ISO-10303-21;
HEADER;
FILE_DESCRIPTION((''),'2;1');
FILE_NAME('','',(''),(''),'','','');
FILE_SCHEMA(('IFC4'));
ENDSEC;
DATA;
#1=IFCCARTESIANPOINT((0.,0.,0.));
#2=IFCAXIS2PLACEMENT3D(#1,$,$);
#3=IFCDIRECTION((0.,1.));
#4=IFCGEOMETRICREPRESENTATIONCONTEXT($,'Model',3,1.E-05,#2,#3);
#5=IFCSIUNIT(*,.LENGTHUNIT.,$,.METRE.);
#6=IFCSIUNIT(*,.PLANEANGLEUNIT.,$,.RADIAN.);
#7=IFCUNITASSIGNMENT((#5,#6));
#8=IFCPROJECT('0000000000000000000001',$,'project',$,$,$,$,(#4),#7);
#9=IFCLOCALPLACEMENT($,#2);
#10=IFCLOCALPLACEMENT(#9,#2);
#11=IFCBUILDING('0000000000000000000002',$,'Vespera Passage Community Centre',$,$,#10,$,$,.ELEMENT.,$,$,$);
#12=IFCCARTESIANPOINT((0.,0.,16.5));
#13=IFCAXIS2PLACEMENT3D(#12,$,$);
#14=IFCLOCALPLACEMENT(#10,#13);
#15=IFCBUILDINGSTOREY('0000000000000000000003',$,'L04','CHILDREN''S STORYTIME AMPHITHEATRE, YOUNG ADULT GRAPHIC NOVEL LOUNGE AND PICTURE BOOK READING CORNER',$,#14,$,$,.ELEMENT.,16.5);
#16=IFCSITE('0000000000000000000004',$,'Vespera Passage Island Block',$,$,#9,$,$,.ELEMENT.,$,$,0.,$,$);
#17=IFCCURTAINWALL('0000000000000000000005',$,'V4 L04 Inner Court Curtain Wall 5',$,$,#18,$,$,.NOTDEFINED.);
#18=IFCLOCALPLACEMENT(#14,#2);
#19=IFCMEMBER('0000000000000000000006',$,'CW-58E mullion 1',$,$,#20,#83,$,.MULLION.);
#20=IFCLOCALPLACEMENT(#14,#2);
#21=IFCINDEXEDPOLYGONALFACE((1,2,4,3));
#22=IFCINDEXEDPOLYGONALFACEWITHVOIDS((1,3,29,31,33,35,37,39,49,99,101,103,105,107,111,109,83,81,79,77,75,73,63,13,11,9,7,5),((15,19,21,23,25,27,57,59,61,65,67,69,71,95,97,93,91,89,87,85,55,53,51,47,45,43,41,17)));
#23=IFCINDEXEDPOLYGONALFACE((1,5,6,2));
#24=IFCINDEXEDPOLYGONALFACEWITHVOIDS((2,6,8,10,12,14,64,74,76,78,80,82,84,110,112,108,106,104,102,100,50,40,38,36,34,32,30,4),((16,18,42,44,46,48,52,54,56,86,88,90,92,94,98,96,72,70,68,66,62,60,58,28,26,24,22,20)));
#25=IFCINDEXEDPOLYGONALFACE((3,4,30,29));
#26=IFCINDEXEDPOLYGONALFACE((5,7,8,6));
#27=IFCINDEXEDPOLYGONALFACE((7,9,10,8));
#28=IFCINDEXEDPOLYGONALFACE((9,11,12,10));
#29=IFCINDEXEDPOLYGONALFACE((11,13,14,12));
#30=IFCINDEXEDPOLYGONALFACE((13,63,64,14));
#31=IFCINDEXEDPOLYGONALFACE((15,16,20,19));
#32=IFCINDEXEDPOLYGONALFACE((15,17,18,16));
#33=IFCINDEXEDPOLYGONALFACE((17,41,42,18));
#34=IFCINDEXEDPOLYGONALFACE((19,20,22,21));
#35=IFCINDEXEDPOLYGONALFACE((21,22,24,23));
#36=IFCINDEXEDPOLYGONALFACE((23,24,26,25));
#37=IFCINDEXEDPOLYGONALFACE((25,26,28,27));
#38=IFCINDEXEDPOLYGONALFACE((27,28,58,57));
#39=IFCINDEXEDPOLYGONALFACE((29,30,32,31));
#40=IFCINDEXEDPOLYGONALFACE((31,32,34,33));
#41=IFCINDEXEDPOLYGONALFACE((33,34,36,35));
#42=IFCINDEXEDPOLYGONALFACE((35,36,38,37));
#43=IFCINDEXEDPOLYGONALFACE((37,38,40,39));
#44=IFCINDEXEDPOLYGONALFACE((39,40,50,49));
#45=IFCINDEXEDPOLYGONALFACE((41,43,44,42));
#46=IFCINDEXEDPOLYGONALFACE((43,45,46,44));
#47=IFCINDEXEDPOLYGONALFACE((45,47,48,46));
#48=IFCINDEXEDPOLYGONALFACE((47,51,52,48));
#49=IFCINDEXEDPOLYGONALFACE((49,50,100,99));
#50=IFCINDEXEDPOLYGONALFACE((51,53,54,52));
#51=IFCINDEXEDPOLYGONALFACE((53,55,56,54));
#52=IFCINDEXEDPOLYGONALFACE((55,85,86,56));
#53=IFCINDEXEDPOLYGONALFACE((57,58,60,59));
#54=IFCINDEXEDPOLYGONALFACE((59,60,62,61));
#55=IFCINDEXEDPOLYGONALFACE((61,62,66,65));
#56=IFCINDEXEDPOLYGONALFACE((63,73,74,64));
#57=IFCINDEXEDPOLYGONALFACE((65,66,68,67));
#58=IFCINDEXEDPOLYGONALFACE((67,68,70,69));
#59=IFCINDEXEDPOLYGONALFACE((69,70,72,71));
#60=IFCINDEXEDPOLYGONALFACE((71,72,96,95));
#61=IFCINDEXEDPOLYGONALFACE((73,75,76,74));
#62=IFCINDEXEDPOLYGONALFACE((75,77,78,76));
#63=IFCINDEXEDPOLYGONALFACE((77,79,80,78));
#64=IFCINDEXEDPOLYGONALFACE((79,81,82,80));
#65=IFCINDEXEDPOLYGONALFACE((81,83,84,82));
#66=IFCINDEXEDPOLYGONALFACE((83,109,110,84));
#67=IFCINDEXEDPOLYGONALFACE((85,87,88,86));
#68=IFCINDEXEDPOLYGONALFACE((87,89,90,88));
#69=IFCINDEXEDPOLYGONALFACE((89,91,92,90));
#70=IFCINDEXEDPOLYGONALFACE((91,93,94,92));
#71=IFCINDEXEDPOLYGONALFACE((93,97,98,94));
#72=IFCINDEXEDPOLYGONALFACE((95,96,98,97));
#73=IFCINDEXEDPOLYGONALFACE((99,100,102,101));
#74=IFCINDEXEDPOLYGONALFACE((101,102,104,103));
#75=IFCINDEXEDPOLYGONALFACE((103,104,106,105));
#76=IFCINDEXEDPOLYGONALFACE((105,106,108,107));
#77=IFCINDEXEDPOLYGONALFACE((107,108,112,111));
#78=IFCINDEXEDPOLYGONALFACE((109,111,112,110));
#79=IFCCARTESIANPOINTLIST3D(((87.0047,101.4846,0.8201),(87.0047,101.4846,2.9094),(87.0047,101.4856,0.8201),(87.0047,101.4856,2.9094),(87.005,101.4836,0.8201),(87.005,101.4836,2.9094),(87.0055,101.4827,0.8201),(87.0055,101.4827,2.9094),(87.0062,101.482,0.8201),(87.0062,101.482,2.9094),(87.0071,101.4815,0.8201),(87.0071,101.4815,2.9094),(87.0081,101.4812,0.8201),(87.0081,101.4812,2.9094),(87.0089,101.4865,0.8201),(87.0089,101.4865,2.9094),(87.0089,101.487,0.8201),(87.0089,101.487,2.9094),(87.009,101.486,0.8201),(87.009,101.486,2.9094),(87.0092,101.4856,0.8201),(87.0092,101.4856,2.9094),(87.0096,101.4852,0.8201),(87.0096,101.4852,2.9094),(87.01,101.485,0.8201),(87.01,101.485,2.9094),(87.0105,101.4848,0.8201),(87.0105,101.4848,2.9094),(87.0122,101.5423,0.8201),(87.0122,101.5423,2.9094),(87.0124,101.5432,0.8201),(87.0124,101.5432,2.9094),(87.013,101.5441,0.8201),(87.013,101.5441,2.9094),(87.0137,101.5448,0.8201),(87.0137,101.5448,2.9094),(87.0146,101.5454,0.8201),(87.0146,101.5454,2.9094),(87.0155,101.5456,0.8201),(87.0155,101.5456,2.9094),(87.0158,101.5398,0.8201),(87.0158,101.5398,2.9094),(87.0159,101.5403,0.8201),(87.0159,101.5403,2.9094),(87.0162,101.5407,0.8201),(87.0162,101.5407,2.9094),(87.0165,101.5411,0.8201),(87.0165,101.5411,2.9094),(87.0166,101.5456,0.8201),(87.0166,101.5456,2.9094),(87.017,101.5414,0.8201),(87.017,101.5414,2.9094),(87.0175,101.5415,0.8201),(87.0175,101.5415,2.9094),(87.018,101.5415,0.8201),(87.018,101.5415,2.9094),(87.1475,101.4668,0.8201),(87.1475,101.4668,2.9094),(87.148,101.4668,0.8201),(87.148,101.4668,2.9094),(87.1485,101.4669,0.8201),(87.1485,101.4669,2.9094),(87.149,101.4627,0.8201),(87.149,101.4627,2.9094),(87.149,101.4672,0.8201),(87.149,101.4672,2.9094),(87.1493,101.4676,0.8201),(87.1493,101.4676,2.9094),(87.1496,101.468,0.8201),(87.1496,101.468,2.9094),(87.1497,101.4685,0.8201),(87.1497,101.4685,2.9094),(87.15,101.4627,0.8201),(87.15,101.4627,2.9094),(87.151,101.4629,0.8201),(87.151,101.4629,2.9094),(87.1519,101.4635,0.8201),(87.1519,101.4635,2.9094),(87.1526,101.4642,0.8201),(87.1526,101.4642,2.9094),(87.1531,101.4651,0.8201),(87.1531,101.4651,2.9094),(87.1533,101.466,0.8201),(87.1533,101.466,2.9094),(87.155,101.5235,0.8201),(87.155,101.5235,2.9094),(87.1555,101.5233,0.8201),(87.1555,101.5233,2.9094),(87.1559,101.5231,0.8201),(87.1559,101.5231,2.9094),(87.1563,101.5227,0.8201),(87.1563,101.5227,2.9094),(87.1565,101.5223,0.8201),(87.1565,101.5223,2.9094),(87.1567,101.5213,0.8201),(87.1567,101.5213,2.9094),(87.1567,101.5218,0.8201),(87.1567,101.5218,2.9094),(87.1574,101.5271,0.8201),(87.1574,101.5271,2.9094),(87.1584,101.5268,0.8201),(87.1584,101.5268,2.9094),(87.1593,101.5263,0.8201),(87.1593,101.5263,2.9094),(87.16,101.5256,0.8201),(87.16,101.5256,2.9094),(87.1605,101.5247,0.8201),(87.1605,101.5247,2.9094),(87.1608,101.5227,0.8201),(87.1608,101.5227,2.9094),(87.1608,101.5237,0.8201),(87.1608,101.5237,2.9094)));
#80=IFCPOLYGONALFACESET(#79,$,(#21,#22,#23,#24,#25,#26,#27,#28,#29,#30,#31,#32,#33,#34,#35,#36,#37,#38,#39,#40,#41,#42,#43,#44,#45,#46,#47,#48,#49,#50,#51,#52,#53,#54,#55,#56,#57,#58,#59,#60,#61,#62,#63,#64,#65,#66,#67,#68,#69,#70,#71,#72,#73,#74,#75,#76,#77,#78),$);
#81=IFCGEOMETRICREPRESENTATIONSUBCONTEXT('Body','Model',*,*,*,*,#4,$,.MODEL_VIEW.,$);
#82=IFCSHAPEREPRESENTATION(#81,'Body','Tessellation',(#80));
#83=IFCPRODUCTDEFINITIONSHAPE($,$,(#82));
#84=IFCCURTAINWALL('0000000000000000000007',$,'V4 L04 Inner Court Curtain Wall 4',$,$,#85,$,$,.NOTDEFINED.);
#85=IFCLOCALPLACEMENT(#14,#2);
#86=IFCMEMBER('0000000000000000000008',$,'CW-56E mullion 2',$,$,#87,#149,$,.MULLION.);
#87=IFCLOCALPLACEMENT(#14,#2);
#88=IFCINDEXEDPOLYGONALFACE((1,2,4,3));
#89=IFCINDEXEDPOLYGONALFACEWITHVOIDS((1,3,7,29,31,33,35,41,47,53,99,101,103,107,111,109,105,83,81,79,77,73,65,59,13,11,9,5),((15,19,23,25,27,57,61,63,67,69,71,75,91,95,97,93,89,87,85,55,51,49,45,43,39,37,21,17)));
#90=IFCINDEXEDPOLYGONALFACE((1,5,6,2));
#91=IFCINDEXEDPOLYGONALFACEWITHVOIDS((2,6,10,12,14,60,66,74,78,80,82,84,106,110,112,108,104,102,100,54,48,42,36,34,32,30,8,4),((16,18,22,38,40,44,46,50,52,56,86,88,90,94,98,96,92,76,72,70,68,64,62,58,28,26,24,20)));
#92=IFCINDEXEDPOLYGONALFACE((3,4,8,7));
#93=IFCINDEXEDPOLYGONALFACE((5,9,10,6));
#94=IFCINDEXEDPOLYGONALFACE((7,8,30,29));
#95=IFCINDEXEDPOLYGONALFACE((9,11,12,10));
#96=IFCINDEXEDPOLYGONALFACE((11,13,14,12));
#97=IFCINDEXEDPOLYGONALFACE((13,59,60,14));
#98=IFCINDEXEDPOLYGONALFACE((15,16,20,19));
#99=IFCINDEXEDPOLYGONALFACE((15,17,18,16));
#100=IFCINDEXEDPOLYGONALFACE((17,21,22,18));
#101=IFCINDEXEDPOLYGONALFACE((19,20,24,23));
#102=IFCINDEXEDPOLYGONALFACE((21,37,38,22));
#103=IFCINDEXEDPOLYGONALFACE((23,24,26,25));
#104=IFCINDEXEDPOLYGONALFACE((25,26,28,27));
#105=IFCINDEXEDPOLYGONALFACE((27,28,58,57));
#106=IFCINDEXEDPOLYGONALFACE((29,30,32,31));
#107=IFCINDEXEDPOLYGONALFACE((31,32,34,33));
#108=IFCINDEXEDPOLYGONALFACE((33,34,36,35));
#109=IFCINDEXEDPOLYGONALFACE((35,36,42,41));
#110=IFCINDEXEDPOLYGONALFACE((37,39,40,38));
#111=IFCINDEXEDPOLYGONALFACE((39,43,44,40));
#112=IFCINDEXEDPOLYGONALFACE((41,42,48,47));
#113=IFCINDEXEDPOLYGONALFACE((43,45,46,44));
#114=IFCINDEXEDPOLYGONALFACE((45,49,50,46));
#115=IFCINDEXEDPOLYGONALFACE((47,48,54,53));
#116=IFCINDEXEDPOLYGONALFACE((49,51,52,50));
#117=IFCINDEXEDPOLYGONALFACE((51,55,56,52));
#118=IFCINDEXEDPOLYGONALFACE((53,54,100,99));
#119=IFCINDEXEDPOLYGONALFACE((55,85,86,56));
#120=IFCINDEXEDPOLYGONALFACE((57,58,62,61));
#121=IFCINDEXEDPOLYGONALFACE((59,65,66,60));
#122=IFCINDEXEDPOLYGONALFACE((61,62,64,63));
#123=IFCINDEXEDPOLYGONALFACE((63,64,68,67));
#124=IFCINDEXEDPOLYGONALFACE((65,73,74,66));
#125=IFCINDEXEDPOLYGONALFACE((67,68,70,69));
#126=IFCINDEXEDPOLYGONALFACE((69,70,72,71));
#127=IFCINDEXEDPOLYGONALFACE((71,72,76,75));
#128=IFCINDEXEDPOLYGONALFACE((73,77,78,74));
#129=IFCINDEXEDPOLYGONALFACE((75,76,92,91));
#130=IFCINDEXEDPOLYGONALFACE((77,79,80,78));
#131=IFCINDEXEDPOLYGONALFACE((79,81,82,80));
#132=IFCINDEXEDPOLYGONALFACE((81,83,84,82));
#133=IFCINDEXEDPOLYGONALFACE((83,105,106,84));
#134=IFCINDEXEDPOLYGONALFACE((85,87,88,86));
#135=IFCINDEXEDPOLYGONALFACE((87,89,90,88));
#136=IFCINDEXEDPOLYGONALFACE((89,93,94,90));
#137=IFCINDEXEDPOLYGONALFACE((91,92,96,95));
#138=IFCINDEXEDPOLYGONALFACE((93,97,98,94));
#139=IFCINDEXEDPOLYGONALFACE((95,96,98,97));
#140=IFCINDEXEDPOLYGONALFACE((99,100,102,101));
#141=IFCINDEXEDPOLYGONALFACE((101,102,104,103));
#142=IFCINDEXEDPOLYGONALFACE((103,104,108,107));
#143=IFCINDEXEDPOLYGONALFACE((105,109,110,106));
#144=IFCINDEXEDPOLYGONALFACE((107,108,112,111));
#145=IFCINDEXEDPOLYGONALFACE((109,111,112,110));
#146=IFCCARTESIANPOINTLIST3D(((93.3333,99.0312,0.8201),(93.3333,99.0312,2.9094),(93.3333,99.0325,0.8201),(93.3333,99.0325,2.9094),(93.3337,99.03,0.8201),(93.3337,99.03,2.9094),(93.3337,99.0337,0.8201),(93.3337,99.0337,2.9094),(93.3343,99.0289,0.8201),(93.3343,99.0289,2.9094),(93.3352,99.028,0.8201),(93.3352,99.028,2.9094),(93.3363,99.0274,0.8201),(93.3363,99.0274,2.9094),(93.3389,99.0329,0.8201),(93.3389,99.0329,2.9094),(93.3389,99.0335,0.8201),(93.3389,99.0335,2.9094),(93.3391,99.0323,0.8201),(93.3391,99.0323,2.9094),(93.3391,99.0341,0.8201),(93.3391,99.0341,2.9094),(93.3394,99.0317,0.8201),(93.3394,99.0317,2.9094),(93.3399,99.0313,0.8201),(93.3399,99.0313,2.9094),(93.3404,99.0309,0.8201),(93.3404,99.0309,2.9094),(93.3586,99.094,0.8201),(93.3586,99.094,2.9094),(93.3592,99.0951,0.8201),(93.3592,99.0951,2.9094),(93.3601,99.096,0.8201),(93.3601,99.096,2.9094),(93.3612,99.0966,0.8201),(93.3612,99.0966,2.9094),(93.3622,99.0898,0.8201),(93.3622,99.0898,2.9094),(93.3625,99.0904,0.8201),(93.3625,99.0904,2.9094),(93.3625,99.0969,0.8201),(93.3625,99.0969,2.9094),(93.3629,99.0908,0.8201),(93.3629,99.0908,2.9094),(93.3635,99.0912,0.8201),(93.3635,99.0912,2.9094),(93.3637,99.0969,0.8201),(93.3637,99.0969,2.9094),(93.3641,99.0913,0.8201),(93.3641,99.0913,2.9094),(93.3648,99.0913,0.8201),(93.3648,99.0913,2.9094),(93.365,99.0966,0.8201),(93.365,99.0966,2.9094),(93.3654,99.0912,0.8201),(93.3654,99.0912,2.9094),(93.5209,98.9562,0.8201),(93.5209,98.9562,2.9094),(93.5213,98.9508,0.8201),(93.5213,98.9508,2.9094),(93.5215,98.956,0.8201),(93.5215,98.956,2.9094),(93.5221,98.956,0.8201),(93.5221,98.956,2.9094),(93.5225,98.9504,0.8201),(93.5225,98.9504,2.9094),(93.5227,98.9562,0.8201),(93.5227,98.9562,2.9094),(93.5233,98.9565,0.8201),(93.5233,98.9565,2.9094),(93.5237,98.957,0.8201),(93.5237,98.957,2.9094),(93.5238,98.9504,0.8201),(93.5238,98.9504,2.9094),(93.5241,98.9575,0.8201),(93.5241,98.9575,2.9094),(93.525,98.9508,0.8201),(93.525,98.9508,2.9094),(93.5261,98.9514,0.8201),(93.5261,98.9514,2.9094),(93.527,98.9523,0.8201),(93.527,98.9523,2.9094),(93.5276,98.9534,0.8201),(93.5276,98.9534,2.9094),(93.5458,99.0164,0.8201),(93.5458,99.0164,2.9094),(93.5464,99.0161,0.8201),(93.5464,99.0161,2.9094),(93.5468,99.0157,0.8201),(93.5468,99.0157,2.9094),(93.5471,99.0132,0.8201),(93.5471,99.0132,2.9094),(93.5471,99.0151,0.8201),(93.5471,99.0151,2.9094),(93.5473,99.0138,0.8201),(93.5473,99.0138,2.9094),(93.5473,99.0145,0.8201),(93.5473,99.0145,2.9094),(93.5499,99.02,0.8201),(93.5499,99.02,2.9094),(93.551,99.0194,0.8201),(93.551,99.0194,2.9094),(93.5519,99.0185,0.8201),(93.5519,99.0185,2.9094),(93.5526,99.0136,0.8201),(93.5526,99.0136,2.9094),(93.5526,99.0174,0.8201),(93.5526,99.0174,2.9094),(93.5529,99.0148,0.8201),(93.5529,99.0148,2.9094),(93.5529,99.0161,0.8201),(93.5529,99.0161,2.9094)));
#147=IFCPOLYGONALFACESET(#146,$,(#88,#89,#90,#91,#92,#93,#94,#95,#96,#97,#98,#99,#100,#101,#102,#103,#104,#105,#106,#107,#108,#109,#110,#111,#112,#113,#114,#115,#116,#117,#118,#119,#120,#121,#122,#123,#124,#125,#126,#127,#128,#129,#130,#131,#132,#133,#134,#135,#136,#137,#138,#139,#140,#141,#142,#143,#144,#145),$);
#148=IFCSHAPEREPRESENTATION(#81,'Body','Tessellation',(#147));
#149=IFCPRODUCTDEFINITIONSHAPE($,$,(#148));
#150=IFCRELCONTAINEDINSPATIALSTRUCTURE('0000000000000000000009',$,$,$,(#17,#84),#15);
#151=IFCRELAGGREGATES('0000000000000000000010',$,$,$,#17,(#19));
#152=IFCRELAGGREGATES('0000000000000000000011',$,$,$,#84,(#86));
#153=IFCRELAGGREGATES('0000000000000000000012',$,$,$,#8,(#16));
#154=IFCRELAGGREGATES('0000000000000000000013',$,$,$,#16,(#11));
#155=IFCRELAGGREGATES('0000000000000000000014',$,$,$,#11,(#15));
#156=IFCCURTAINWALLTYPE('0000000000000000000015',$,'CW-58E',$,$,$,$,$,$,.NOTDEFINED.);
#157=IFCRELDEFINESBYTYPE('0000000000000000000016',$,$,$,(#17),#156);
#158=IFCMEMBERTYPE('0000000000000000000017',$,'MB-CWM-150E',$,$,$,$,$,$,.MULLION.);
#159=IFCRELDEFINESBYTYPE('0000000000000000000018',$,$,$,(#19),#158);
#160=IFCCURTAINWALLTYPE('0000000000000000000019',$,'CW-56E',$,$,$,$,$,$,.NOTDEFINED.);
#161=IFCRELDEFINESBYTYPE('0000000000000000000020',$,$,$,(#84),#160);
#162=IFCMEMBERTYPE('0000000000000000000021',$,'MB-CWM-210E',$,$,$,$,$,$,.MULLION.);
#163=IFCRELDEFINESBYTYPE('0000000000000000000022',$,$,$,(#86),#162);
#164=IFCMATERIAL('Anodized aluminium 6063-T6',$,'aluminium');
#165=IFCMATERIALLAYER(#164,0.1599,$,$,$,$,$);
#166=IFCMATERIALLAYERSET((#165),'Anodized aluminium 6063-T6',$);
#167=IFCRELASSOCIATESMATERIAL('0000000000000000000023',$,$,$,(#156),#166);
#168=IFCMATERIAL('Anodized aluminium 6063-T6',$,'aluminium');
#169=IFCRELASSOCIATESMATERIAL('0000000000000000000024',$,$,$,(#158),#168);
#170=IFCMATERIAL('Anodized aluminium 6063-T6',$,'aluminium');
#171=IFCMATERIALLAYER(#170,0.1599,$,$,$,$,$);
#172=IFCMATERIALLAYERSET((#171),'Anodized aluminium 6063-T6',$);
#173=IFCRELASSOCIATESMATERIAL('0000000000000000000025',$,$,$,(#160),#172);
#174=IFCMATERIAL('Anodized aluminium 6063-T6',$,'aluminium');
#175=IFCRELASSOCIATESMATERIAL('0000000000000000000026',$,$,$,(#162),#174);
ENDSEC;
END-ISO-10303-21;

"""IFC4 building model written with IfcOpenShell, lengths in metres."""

from ifc_helpers import new_model, si_unit, direction, frame, origin, origin_2d, place, context, subcontext, project, spatial, hollow_rectangle, extrude, material, layer, layer_set, material_profile, profile_set, type_object, element, aggregate, save


model = new_model("IFC4")

# Units and contexts
model_context = context("Model", 3, precision=1e-05, world=origin(), true_north=direction((0.0, 1.0)))
body_context = subcontext(model_context, "Body", "Model", "MODEL_VIEW")
ifc_project = project(units=[si_unit("LENGTHUNIT", "METRE"), si_unit("PLANEANGLEUNIT", "RADIAN")], contexts=[model_context])

# Site, building, storey
site_placement = place(None, origin())
site = spatial("IfcSite", under=ifc_project, at=site_placement, Name="Vespera Passage Island Block", CompositionType="ELEMENT", RefElevation=0.0)
building_placement = place(site_placement, origin())
building = spatial("IfcBuilding", under=site, at=building_placement, Name="Vespera Passage Community Centre", CompositionType="ELEMENT")
storey_placement = place(building_placement, frame((0.0, 0.0, 16.5)))
storey = spatial("IfcBuildingStorey", under=building, at=storey_placement, Name="L04", Description="CHILDREN'S STORYTIME AMPHITHEATRE, YOUNG ADULT GRAPHIC NOVEL LOUNGE AND PICTURE BOOK READING CORNER", CompositionType="ELEMENT", Elevation=16.5)

# Curtain wall, member
ifc_material_1 = material(Name="Anodized aluminium 6063-T6", Category="aluminium")
ifc_layer_1 = layer(ifc_material_1, 0.1599)
ifc_layer_set_1 = layer_set([ifc_layer_1], Name="Anodized aluminium 6063-T6")
curtain_wall_type_1 = type_object("IfcCurtainWallType", Name="CW-58E", PredefinedType="NOTDEFINED", material=ifc_layer_set_1)
curtain_wall_1_placement = place(storey_placement, origin())
curtain_wall_1 = element("IfcCurtainWall", 1, at=curtain_wall_1_placement, inside=storey, type_object=curtain_wall_type_1, Name="V4 L04 Inner Court Curtain Wall 5", PredefinedType="NOTDEFINED")
ifc_material_2 = material(Name="Anodized aluminium 6063-T6", Category="aluminium")
ifc_material_profile_1 = material_profile(ifc_material_2, hollow_rectangle(XDim=0.0649, YDim=0.1499, WallThickness=0.0039, InnerFilletRadius=0.002, OuterFilletRadius=0.0039, at=origin_2d()), Name="ALU150X65X4")
ifc_profile_set_1 = profile_set([ifc_material_profile_1], Name="Anodized aluminium 6063-T6")
member_type_1 = type_object("IfcMemberType", Name="MB-CWM-150E", PredefinedType="MULLION", material=ifc_profile_set_1)
member_1_placement = place(storey_placement, frame((87.0828, 101.5042, 0.8201), z_axis=(0.0, 0.0, 1.0), x_axis=(-0.130522, -0.991445, 0.0)))
member_1 = element("IfcMember", 2, at=member_1_placement, type_object=member_type_1, Name="CW-58E mullion 1", PredefinedType="MULLION", context=body_context, shape_type="SweptSolid", body=[
    extrude(hollow_rectangle(XDim=0.0649, YDim=0.1499, WallThickness=0.0039, InnerFilletRadius=0.002, OuterFilletRadius=0.0039, at=origin_2d()), origin(), (0.0, 0.0, 1.0), 2.0894),
])

# Curtain wall, member
ifc_material_3 = material(Name="Anodized aluminium 6063-T6", Category="aluminium")
ifc_layer_2 = layer(ifc_material_3, 0.1599)
ifc_layer_set_2 = layer_set([ifc_layer_2], Name="Anodized aluminium 6063-T6")
curtain_wall_type_2 = type_object("IfcCurtainWallType", Name="CW-56E", PredefinedType="NOTDEFINED", material=ifc_layer_set_2)
curtain_wall_2_placement = place(storey_placement, origin())
curtain_wall_2 = element("IfcCurtainWall", 3, at=curtain_wall_2_placement, inside=storey, type_object=curtain_wall_type_2, Name="V4 L04 Inner Court Curtain Wall 4", PredefinedType="NOTDEFINED")
ifc_material_4 = material(Name="Anodized aluminium 6063-T6", Category="aluminium")
ifc_material_profile_2 = material_profile(ifc_material_4, hollow_rectangle(XDim=0.075, YDim=0.21, WallThickness=0.0049, InnerFilletRadius=0.0024, OuterFilletRadius=0.0049, at=origin_2d()), Name="ALU210X75X5")
ifc_profile_set_2 = profile_set([ifc_material_profile_2], Name="Anodized aluminium 6063-T6")
member_type_2 = type_object("IfcMemberType", Name="MB-CWM-210E", PredefinedType="MULLION", material=ifc_profile_set_2)
member_2_placement = place(storey_placement, frame((93.4431, 99.0237, 0.8201), z_axis=(0.0, 0.0, 1.0), x_axis=(-0.38269, -0.923877, 0.0)))
member_2 = element("IfcMember", 4, at=member_2_placement, type_object=member_type_2, Name="CW-56E mullion 2", PredefinedType="MULLION", context=body_context, shape_type="SweptSolid", body=[
    extrude(hollow_rectangle(XDim=0.075, YDim=0.21, WallThickness=0.0049, InnerFilletRadius=0.0024, OuterFilletRadius=0.0049, at=origin_2d()), origin(), (0.0, 0.0, 1.0), 2.0894),
])

aggregate(curtain_wall_1, [member_1])

aggregate(curtain_wall_2, [member_2])

save(model, "model.ifc")
